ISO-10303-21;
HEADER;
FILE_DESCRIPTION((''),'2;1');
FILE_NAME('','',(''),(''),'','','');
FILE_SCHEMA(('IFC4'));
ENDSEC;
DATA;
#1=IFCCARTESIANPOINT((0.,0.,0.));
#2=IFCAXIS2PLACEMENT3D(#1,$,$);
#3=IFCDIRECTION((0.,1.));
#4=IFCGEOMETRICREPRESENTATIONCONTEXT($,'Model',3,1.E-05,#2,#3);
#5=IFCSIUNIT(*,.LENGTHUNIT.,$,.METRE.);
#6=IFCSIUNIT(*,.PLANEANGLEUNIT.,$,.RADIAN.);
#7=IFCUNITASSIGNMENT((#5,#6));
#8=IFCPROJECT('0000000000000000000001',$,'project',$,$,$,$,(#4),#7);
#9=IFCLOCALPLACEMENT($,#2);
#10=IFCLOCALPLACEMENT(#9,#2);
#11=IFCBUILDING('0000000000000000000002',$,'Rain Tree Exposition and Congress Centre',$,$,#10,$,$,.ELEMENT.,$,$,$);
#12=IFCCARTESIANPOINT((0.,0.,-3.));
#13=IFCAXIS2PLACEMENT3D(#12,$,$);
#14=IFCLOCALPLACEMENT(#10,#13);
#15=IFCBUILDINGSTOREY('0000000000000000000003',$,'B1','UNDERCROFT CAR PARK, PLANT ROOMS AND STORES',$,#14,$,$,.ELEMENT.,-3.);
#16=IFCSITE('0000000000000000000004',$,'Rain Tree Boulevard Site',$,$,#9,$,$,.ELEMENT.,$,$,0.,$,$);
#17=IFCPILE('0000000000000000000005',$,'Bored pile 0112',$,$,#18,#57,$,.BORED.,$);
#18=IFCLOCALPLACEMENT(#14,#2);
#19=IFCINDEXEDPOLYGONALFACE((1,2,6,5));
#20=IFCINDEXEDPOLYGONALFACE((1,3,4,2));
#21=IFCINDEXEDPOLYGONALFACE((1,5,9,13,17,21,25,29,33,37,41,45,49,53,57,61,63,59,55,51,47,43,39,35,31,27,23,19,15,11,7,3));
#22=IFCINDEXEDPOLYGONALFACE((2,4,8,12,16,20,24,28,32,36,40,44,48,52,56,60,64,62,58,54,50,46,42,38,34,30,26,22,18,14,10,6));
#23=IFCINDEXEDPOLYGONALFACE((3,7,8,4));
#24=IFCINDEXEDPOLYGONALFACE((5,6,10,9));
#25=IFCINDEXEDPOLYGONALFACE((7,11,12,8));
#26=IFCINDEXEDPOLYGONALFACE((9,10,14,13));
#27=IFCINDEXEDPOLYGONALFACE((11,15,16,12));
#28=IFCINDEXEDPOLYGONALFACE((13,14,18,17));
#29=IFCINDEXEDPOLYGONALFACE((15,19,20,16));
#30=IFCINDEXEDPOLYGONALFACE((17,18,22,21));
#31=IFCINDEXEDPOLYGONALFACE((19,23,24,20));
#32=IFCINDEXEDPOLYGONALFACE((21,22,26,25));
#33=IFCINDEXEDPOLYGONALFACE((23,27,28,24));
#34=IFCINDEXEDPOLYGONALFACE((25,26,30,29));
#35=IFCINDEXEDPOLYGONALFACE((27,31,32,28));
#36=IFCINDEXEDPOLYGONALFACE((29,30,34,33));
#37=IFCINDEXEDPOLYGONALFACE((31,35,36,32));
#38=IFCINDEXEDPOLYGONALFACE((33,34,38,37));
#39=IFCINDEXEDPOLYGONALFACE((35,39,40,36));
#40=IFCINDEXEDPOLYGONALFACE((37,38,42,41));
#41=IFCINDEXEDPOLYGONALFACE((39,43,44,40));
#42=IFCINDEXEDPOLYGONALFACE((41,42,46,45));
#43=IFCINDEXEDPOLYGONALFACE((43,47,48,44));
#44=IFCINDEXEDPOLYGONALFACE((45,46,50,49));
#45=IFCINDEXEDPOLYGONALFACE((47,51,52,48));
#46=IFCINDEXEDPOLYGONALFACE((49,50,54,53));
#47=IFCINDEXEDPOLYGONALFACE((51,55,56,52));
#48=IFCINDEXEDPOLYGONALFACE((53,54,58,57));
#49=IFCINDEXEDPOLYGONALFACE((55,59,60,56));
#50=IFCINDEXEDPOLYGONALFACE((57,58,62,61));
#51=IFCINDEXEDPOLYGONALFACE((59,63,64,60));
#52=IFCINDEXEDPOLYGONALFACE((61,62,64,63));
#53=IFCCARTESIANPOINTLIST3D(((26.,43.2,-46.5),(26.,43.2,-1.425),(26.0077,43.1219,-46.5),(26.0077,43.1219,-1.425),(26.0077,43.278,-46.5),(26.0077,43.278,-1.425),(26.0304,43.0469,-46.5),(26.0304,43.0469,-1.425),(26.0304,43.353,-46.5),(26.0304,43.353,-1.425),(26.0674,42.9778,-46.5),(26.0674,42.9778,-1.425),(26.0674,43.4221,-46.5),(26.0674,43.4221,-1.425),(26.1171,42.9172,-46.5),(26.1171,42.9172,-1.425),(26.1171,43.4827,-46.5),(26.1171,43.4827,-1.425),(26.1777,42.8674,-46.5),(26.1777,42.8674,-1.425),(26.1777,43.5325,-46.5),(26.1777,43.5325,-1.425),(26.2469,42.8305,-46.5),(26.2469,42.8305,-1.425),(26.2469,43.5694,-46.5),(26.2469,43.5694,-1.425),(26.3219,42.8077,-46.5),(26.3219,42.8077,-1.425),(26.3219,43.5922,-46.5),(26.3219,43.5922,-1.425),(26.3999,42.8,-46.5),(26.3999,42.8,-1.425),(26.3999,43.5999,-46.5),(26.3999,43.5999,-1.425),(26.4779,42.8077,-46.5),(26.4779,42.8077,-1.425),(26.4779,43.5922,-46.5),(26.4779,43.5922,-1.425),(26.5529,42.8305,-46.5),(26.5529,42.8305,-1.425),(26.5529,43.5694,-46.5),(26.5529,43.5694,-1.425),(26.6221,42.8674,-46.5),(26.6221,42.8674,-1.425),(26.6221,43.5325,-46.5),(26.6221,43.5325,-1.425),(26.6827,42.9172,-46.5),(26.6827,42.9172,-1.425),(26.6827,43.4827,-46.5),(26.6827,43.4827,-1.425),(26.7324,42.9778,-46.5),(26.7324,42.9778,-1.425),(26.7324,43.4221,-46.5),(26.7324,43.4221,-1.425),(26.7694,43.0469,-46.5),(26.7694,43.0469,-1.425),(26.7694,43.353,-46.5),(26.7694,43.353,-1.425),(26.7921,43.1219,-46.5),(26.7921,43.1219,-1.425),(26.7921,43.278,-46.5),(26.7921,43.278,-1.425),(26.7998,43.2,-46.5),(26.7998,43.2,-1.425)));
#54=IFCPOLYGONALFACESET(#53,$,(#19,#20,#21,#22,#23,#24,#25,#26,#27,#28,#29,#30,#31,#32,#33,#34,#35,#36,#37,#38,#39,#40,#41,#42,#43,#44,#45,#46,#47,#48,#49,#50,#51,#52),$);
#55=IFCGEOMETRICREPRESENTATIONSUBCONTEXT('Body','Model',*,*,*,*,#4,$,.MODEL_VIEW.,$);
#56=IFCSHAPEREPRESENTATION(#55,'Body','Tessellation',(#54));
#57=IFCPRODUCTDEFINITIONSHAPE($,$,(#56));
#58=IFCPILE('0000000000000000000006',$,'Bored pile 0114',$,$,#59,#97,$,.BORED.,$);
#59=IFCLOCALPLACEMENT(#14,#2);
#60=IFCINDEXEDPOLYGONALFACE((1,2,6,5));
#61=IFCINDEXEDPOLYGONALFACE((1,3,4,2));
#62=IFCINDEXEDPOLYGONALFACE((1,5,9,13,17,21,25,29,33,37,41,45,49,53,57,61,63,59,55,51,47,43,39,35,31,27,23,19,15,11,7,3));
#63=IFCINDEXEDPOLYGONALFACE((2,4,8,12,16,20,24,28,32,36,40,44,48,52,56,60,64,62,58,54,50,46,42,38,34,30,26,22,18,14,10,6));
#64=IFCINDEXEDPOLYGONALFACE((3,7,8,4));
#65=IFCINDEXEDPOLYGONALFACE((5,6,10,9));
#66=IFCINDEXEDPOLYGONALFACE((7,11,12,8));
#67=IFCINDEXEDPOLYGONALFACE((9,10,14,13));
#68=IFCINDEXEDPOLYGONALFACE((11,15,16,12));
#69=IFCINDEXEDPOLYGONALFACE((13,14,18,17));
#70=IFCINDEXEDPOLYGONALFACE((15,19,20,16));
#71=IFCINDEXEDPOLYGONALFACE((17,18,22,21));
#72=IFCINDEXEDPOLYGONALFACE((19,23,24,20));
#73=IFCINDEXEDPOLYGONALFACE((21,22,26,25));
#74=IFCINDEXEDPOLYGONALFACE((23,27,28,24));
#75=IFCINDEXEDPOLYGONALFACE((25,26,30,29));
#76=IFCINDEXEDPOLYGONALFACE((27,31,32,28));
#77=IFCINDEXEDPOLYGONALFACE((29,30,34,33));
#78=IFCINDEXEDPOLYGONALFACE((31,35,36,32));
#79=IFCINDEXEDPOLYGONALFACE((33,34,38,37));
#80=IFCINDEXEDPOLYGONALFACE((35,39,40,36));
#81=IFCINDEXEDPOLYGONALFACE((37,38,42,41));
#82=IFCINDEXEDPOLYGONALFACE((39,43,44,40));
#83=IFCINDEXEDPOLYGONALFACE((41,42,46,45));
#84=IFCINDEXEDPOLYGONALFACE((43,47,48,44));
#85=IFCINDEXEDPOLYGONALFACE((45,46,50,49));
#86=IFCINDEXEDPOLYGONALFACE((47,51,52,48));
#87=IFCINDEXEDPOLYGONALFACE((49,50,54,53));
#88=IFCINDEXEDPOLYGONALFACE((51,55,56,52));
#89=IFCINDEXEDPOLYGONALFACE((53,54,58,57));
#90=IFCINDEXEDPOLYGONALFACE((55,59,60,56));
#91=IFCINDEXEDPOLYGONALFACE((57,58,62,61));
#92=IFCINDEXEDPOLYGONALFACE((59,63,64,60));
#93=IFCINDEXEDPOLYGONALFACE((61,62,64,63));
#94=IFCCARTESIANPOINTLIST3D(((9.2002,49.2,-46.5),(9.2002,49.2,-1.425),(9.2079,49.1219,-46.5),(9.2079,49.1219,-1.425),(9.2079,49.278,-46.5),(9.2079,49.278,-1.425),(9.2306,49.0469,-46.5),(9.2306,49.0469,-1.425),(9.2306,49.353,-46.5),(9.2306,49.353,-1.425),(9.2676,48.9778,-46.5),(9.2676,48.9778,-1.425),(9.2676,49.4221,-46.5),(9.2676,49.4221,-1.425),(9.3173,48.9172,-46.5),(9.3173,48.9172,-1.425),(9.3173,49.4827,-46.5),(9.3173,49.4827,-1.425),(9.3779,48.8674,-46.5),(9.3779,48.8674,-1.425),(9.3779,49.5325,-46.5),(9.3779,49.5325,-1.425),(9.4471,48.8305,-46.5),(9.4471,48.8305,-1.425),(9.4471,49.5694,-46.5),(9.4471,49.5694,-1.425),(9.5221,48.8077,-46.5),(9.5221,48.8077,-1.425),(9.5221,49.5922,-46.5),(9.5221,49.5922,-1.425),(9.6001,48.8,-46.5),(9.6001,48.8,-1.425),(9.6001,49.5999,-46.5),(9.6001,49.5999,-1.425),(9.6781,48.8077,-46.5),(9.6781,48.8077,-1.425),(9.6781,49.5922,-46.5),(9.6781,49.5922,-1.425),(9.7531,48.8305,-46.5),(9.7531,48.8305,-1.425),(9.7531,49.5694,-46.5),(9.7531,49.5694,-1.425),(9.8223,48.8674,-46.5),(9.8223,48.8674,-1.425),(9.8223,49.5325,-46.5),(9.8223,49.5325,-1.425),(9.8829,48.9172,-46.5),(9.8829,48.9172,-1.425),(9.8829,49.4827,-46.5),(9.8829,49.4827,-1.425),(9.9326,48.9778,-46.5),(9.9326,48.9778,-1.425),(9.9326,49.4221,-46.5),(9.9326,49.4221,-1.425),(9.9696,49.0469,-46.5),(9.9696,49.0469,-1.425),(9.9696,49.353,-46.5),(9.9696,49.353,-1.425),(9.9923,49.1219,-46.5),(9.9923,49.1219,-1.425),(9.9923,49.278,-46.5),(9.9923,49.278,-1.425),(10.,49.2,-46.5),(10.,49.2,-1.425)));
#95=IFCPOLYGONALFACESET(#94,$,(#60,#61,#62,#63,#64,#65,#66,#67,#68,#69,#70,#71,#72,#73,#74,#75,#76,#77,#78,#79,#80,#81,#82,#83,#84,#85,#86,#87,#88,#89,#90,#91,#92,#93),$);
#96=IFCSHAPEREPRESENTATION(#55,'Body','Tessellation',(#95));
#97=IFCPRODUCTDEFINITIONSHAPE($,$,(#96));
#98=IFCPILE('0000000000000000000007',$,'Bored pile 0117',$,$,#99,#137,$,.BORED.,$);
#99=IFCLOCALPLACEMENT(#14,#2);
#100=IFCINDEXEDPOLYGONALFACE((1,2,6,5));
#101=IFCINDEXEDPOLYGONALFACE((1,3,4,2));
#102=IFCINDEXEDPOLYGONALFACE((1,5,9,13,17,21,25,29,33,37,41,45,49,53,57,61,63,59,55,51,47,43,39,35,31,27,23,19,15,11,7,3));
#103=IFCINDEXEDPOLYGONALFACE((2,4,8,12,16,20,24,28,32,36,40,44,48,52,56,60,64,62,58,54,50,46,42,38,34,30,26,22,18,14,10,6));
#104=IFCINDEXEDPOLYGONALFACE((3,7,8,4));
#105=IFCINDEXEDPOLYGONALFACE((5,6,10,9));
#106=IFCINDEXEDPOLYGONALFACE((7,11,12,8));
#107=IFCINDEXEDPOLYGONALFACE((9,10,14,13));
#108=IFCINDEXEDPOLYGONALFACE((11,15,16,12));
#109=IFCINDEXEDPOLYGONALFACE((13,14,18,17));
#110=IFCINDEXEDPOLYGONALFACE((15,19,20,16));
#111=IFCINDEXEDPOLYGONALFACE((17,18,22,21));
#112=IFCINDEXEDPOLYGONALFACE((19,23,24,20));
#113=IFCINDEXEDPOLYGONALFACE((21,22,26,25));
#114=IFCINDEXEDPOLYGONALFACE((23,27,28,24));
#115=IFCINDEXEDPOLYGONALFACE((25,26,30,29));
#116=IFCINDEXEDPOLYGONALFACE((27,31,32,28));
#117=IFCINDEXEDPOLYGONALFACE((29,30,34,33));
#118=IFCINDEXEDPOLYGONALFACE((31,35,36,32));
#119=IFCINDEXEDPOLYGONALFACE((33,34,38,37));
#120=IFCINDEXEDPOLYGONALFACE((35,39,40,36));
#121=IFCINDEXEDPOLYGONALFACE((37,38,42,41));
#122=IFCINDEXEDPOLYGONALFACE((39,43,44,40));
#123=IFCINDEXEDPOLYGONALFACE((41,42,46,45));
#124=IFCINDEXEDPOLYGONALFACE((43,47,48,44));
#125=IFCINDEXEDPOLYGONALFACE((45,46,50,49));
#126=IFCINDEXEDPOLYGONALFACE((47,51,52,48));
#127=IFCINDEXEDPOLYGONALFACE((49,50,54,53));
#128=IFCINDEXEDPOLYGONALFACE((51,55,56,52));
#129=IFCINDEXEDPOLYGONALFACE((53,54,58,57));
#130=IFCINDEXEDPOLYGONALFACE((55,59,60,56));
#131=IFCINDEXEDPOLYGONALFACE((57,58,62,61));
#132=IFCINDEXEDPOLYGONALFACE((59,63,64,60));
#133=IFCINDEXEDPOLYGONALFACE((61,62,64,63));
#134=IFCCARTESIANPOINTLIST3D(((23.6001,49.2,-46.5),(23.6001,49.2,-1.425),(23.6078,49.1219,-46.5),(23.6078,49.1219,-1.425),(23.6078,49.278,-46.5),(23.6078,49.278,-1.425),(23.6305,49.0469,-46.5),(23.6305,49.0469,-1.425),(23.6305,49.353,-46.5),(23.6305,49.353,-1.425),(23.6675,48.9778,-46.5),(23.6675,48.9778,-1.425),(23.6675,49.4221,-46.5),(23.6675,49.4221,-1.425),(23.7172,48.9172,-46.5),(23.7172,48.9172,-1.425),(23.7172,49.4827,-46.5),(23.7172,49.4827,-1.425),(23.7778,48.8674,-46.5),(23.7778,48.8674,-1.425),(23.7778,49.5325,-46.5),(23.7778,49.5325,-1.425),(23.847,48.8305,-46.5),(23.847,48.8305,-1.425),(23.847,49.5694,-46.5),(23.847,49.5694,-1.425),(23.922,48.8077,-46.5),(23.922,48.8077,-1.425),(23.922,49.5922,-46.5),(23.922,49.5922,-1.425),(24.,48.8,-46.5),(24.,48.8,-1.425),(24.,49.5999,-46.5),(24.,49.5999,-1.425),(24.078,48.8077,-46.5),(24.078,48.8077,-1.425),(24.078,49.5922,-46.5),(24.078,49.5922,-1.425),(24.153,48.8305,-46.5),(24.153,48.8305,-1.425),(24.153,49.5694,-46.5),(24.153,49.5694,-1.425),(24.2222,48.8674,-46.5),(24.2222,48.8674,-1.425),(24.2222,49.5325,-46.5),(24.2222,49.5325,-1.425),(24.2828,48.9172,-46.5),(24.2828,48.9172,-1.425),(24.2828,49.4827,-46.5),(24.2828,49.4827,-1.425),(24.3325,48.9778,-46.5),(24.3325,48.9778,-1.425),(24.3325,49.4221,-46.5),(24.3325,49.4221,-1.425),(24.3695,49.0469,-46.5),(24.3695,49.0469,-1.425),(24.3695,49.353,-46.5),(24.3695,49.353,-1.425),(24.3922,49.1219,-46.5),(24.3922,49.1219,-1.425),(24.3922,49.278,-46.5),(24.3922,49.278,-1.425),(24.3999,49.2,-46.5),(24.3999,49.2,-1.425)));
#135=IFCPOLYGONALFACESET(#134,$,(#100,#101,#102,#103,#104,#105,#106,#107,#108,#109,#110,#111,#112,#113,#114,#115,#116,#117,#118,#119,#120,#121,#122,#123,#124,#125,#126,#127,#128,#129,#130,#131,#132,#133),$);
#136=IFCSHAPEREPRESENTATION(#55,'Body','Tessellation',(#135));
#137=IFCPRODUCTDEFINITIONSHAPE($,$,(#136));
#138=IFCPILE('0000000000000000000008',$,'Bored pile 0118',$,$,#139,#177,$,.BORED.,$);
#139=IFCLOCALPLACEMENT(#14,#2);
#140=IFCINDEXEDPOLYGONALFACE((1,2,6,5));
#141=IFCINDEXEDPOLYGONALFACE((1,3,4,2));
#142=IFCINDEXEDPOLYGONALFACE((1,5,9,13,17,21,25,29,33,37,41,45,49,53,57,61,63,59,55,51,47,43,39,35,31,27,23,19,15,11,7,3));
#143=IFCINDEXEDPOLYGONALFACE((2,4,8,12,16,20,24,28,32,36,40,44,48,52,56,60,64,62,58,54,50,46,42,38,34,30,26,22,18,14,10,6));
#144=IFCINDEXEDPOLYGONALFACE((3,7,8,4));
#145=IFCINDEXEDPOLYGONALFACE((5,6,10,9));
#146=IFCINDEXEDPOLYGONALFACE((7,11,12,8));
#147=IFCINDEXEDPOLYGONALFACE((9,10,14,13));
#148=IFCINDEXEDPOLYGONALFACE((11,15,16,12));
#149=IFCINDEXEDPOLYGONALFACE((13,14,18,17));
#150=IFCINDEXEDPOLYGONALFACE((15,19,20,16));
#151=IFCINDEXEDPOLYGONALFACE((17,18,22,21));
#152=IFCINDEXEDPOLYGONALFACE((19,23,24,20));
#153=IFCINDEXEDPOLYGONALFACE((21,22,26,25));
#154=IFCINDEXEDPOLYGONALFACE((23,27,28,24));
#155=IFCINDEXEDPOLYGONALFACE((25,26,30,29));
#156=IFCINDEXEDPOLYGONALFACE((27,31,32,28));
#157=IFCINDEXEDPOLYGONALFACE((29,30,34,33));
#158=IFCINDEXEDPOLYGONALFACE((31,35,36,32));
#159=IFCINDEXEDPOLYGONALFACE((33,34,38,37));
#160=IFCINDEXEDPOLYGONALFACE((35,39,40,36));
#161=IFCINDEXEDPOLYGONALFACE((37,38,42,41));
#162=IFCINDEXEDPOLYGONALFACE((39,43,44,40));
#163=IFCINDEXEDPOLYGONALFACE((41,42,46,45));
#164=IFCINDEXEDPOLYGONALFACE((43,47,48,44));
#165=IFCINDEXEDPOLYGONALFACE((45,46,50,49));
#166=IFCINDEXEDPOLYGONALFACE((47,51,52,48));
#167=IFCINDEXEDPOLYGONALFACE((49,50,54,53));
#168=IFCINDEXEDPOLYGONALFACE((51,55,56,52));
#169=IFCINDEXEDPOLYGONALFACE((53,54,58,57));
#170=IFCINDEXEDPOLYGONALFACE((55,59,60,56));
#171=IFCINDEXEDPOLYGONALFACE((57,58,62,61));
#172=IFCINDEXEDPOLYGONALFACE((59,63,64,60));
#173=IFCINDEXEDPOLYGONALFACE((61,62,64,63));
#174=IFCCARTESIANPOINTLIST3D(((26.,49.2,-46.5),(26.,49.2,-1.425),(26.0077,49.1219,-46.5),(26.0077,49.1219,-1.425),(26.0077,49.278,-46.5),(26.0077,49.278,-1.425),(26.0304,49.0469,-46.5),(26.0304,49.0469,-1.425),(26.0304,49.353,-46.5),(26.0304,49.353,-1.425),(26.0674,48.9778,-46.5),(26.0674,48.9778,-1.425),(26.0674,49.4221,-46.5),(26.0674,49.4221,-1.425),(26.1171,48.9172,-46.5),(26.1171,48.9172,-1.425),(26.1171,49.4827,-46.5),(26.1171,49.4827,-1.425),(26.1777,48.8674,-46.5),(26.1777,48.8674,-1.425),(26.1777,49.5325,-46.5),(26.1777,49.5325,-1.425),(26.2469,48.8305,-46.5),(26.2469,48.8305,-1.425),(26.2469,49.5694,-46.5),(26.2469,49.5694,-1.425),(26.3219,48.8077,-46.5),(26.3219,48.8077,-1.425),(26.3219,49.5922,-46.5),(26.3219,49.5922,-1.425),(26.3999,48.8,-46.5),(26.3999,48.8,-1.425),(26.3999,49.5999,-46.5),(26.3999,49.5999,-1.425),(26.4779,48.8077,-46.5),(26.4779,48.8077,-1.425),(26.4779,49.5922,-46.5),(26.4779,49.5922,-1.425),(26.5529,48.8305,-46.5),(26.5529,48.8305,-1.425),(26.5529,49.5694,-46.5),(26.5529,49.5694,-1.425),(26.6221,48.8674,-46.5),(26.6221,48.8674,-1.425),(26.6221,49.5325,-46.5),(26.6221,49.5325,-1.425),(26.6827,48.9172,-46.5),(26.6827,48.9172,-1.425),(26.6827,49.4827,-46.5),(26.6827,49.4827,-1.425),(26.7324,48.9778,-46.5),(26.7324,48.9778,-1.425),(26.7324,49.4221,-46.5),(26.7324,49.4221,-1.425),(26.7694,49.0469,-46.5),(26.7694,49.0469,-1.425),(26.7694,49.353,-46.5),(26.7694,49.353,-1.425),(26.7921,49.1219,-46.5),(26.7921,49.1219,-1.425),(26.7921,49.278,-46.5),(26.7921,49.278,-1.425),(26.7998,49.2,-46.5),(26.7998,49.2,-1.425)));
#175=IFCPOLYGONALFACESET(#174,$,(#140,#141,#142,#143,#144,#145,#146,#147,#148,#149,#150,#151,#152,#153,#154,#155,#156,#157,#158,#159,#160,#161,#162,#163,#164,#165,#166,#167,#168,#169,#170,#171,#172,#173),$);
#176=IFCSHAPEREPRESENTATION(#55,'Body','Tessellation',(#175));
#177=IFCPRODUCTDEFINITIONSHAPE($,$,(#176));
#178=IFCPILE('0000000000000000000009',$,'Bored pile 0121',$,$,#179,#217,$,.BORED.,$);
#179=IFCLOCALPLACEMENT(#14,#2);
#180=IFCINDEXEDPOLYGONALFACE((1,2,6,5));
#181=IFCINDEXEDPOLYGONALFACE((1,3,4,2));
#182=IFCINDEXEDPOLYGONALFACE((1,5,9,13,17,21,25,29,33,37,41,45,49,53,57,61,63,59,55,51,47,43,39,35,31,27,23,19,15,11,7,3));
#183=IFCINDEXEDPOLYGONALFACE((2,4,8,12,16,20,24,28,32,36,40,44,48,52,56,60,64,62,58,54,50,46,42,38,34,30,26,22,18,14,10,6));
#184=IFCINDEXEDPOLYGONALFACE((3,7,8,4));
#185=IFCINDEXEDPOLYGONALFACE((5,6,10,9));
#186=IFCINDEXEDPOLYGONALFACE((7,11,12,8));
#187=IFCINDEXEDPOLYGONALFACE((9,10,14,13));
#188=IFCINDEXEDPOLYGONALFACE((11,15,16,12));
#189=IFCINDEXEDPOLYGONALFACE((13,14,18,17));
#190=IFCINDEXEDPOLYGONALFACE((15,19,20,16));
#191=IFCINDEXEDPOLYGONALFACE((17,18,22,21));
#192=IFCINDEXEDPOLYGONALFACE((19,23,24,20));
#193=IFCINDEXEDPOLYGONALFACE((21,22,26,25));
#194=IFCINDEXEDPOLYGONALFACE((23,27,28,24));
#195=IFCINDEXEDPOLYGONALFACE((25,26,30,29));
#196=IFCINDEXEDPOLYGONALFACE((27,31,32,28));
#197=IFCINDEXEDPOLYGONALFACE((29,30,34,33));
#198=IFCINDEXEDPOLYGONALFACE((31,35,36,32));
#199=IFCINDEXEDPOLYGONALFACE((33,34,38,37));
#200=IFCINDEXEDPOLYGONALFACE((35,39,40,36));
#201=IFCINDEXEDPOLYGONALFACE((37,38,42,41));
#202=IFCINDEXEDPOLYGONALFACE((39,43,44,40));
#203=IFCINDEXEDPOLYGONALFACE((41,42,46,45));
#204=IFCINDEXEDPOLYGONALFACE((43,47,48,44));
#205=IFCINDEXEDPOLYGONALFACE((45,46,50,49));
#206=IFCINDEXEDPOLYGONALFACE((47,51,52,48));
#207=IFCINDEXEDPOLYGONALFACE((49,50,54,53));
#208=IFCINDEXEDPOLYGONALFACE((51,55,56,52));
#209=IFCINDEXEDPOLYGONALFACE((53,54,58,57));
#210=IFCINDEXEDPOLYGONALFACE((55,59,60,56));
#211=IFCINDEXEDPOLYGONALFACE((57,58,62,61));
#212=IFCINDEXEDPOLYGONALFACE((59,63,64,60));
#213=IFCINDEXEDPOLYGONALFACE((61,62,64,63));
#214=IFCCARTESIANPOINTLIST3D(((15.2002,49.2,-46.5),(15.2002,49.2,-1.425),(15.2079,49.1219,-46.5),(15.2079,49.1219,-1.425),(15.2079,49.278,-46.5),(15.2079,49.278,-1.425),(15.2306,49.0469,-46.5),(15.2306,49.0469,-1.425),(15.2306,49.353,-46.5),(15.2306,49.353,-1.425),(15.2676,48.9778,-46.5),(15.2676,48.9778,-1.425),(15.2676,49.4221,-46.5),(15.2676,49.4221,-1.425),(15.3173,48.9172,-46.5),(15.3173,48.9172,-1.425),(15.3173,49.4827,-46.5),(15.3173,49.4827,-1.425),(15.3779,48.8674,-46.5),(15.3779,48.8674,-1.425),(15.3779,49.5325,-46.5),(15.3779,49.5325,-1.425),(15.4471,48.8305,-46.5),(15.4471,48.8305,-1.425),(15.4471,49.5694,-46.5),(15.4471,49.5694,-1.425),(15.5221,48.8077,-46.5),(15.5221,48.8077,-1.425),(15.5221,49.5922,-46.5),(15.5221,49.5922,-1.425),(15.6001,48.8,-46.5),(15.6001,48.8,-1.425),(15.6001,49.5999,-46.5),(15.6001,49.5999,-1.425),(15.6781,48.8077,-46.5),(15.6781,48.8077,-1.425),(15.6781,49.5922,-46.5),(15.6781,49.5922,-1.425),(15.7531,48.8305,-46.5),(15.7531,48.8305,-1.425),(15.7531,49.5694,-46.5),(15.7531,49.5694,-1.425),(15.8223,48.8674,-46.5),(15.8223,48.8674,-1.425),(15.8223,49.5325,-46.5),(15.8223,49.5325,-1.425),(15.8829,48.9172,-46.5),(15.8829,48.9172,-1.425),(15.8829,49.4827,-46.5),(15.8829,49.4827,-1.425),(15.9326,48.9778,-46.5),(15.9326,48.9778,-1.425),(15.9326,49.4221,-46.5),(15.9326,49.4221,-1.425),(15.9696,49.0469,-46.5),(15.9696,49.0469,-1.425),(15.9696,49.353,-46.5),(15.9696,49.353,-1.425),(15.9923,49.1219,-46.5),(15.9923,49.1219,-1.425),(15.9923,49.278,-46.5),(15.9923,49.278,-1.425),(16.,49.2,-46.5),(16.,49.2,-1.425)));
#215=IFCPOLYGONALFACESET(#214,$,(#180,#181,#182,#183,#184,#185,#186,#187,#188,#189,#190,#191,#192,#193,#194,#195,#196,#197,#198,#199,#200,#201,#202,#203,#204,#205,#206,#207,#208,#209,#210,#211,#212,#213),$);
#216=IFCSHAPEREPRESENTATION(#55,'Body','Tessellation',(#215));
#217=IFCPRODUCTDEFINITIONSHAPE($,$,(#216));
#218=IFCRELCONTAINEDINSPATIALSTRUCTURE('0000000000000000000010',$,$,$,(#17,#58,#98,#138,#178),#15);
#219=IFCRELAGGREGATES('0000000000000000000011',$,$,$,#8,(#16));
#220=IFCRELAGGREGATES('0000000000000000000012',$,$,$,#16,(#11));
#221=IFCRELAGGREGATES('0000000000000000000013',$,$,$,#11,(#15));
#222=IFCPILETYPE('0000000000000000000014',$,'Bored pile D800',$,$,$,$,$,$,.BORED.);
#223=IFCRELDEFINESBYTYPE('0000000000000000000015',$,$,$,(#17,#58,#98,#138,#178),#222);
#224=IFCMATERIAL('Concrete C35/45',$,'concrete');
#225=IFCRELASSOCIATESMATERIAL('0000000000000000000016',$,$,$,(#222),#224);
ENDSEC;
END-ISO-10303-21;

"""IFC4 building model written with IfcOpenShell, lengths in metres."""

from ifc_helpers import new_model, si_unit, direction, frame, origin, origin_2d, place, context, subcontext, project, spatial, circle, extrude, material, material_profile, profile_set, type_object, element, save


model = new_model("IFC4")

# Units and contexts
model_context = context("Model", 3, precision=1e-05, world=origin(), true_north=direction((0.0, 1.0)))
body_context = subcontext(model_context, "Body", "Model", "MODEL_VIEW")
ifc_project = project(units=[si_unit("LENGTHUNIT", "METRE"), si_unit("PLANEANGLEUNIT", "RADIAN")], contexts=[model_context])

# Site, building, storey
site_placement = place(None, origin())
site = spatial("IfcSite", under=ifc_project, at=site_placement, Name="Rain Tree Boulevard Site", CompositionType="ELEMENT", RefElevation=0.0)
building_placement = place(site_placement, origin())
building = spatial("IfcBuilding", under=site, at=building_placement, Name="Rain Tree Exposition and Congress Centre", CompositionType="ELEMENT")
storey_placement = place(building_placement, frame((0.0, 0.0, -3.0)))
storey = spatial("IfcBuildingStorey", under=building, at=storey_placement, Name="B1", Description="UNDERCROFT CAR PARK, PLANT ROOMS AND STORES", CompositionType="ELEMENT", Elevation=-3.0)

# Piles
ifc_material_1 = material(Name="Concrete C35/45", Category="concrete")
ifc_material_profile_1 = material_profile(ifc_material_1, circle(Radius=0.3999, at=origin_2d()), Name="D800")
ifc_profile_set_1 = profile_set([ifc_material_profile_1], Name="Concrete C35/45")
pile_type = type_object("IfcPileType", Name="Bored pile D800", PredefinedType="BORED", material=ifc_profile_set_1)
for number, where, z_axis, x_axis, name in (
    (1, (26.3999, 43.2, -1.425), (0.0, 0.0, -1.0), (1.0, 0.0, 0.0), "Bored pile 0112"),
    (2, (9.6001, 49.2, -1.425), (0.0, 0.0, -1.0), (1.0, 0.0, 0.0), "Bored pile 0114"),
    (3, (24.0, 49.2, -1.425), (0.0, 0.0, -1.0), (1.0, 0.0, 0.0), "Bored pile 0117"),
    (4, (26.3999, 49.2, -1.425), (0.0, 0.0, -1.0), (1.0, 0.0, 0.0), "Bored pile 0118"),
    (5, (15.6001, 49.2, -1.425), (0.0, 0.0, -1.0), (1.0, 0.0, 0.0), "Bored pile 0121"),
):
    element("IfcPile", number, at=place(storey_placement, frame(where, z_axis=z_axis, x_axis=x_axis)), inside=storey, type_object=pile_type, Name=name, PredefinedType="BORED", context=body_context, shape_type="SweptSolid", body=[
        extrude(circle(Radius=0.3999, at=origin_2d()), origin(), (0.0, 0.0, 1.0), 45.075),
    ])

save(model, "model.ifc")
